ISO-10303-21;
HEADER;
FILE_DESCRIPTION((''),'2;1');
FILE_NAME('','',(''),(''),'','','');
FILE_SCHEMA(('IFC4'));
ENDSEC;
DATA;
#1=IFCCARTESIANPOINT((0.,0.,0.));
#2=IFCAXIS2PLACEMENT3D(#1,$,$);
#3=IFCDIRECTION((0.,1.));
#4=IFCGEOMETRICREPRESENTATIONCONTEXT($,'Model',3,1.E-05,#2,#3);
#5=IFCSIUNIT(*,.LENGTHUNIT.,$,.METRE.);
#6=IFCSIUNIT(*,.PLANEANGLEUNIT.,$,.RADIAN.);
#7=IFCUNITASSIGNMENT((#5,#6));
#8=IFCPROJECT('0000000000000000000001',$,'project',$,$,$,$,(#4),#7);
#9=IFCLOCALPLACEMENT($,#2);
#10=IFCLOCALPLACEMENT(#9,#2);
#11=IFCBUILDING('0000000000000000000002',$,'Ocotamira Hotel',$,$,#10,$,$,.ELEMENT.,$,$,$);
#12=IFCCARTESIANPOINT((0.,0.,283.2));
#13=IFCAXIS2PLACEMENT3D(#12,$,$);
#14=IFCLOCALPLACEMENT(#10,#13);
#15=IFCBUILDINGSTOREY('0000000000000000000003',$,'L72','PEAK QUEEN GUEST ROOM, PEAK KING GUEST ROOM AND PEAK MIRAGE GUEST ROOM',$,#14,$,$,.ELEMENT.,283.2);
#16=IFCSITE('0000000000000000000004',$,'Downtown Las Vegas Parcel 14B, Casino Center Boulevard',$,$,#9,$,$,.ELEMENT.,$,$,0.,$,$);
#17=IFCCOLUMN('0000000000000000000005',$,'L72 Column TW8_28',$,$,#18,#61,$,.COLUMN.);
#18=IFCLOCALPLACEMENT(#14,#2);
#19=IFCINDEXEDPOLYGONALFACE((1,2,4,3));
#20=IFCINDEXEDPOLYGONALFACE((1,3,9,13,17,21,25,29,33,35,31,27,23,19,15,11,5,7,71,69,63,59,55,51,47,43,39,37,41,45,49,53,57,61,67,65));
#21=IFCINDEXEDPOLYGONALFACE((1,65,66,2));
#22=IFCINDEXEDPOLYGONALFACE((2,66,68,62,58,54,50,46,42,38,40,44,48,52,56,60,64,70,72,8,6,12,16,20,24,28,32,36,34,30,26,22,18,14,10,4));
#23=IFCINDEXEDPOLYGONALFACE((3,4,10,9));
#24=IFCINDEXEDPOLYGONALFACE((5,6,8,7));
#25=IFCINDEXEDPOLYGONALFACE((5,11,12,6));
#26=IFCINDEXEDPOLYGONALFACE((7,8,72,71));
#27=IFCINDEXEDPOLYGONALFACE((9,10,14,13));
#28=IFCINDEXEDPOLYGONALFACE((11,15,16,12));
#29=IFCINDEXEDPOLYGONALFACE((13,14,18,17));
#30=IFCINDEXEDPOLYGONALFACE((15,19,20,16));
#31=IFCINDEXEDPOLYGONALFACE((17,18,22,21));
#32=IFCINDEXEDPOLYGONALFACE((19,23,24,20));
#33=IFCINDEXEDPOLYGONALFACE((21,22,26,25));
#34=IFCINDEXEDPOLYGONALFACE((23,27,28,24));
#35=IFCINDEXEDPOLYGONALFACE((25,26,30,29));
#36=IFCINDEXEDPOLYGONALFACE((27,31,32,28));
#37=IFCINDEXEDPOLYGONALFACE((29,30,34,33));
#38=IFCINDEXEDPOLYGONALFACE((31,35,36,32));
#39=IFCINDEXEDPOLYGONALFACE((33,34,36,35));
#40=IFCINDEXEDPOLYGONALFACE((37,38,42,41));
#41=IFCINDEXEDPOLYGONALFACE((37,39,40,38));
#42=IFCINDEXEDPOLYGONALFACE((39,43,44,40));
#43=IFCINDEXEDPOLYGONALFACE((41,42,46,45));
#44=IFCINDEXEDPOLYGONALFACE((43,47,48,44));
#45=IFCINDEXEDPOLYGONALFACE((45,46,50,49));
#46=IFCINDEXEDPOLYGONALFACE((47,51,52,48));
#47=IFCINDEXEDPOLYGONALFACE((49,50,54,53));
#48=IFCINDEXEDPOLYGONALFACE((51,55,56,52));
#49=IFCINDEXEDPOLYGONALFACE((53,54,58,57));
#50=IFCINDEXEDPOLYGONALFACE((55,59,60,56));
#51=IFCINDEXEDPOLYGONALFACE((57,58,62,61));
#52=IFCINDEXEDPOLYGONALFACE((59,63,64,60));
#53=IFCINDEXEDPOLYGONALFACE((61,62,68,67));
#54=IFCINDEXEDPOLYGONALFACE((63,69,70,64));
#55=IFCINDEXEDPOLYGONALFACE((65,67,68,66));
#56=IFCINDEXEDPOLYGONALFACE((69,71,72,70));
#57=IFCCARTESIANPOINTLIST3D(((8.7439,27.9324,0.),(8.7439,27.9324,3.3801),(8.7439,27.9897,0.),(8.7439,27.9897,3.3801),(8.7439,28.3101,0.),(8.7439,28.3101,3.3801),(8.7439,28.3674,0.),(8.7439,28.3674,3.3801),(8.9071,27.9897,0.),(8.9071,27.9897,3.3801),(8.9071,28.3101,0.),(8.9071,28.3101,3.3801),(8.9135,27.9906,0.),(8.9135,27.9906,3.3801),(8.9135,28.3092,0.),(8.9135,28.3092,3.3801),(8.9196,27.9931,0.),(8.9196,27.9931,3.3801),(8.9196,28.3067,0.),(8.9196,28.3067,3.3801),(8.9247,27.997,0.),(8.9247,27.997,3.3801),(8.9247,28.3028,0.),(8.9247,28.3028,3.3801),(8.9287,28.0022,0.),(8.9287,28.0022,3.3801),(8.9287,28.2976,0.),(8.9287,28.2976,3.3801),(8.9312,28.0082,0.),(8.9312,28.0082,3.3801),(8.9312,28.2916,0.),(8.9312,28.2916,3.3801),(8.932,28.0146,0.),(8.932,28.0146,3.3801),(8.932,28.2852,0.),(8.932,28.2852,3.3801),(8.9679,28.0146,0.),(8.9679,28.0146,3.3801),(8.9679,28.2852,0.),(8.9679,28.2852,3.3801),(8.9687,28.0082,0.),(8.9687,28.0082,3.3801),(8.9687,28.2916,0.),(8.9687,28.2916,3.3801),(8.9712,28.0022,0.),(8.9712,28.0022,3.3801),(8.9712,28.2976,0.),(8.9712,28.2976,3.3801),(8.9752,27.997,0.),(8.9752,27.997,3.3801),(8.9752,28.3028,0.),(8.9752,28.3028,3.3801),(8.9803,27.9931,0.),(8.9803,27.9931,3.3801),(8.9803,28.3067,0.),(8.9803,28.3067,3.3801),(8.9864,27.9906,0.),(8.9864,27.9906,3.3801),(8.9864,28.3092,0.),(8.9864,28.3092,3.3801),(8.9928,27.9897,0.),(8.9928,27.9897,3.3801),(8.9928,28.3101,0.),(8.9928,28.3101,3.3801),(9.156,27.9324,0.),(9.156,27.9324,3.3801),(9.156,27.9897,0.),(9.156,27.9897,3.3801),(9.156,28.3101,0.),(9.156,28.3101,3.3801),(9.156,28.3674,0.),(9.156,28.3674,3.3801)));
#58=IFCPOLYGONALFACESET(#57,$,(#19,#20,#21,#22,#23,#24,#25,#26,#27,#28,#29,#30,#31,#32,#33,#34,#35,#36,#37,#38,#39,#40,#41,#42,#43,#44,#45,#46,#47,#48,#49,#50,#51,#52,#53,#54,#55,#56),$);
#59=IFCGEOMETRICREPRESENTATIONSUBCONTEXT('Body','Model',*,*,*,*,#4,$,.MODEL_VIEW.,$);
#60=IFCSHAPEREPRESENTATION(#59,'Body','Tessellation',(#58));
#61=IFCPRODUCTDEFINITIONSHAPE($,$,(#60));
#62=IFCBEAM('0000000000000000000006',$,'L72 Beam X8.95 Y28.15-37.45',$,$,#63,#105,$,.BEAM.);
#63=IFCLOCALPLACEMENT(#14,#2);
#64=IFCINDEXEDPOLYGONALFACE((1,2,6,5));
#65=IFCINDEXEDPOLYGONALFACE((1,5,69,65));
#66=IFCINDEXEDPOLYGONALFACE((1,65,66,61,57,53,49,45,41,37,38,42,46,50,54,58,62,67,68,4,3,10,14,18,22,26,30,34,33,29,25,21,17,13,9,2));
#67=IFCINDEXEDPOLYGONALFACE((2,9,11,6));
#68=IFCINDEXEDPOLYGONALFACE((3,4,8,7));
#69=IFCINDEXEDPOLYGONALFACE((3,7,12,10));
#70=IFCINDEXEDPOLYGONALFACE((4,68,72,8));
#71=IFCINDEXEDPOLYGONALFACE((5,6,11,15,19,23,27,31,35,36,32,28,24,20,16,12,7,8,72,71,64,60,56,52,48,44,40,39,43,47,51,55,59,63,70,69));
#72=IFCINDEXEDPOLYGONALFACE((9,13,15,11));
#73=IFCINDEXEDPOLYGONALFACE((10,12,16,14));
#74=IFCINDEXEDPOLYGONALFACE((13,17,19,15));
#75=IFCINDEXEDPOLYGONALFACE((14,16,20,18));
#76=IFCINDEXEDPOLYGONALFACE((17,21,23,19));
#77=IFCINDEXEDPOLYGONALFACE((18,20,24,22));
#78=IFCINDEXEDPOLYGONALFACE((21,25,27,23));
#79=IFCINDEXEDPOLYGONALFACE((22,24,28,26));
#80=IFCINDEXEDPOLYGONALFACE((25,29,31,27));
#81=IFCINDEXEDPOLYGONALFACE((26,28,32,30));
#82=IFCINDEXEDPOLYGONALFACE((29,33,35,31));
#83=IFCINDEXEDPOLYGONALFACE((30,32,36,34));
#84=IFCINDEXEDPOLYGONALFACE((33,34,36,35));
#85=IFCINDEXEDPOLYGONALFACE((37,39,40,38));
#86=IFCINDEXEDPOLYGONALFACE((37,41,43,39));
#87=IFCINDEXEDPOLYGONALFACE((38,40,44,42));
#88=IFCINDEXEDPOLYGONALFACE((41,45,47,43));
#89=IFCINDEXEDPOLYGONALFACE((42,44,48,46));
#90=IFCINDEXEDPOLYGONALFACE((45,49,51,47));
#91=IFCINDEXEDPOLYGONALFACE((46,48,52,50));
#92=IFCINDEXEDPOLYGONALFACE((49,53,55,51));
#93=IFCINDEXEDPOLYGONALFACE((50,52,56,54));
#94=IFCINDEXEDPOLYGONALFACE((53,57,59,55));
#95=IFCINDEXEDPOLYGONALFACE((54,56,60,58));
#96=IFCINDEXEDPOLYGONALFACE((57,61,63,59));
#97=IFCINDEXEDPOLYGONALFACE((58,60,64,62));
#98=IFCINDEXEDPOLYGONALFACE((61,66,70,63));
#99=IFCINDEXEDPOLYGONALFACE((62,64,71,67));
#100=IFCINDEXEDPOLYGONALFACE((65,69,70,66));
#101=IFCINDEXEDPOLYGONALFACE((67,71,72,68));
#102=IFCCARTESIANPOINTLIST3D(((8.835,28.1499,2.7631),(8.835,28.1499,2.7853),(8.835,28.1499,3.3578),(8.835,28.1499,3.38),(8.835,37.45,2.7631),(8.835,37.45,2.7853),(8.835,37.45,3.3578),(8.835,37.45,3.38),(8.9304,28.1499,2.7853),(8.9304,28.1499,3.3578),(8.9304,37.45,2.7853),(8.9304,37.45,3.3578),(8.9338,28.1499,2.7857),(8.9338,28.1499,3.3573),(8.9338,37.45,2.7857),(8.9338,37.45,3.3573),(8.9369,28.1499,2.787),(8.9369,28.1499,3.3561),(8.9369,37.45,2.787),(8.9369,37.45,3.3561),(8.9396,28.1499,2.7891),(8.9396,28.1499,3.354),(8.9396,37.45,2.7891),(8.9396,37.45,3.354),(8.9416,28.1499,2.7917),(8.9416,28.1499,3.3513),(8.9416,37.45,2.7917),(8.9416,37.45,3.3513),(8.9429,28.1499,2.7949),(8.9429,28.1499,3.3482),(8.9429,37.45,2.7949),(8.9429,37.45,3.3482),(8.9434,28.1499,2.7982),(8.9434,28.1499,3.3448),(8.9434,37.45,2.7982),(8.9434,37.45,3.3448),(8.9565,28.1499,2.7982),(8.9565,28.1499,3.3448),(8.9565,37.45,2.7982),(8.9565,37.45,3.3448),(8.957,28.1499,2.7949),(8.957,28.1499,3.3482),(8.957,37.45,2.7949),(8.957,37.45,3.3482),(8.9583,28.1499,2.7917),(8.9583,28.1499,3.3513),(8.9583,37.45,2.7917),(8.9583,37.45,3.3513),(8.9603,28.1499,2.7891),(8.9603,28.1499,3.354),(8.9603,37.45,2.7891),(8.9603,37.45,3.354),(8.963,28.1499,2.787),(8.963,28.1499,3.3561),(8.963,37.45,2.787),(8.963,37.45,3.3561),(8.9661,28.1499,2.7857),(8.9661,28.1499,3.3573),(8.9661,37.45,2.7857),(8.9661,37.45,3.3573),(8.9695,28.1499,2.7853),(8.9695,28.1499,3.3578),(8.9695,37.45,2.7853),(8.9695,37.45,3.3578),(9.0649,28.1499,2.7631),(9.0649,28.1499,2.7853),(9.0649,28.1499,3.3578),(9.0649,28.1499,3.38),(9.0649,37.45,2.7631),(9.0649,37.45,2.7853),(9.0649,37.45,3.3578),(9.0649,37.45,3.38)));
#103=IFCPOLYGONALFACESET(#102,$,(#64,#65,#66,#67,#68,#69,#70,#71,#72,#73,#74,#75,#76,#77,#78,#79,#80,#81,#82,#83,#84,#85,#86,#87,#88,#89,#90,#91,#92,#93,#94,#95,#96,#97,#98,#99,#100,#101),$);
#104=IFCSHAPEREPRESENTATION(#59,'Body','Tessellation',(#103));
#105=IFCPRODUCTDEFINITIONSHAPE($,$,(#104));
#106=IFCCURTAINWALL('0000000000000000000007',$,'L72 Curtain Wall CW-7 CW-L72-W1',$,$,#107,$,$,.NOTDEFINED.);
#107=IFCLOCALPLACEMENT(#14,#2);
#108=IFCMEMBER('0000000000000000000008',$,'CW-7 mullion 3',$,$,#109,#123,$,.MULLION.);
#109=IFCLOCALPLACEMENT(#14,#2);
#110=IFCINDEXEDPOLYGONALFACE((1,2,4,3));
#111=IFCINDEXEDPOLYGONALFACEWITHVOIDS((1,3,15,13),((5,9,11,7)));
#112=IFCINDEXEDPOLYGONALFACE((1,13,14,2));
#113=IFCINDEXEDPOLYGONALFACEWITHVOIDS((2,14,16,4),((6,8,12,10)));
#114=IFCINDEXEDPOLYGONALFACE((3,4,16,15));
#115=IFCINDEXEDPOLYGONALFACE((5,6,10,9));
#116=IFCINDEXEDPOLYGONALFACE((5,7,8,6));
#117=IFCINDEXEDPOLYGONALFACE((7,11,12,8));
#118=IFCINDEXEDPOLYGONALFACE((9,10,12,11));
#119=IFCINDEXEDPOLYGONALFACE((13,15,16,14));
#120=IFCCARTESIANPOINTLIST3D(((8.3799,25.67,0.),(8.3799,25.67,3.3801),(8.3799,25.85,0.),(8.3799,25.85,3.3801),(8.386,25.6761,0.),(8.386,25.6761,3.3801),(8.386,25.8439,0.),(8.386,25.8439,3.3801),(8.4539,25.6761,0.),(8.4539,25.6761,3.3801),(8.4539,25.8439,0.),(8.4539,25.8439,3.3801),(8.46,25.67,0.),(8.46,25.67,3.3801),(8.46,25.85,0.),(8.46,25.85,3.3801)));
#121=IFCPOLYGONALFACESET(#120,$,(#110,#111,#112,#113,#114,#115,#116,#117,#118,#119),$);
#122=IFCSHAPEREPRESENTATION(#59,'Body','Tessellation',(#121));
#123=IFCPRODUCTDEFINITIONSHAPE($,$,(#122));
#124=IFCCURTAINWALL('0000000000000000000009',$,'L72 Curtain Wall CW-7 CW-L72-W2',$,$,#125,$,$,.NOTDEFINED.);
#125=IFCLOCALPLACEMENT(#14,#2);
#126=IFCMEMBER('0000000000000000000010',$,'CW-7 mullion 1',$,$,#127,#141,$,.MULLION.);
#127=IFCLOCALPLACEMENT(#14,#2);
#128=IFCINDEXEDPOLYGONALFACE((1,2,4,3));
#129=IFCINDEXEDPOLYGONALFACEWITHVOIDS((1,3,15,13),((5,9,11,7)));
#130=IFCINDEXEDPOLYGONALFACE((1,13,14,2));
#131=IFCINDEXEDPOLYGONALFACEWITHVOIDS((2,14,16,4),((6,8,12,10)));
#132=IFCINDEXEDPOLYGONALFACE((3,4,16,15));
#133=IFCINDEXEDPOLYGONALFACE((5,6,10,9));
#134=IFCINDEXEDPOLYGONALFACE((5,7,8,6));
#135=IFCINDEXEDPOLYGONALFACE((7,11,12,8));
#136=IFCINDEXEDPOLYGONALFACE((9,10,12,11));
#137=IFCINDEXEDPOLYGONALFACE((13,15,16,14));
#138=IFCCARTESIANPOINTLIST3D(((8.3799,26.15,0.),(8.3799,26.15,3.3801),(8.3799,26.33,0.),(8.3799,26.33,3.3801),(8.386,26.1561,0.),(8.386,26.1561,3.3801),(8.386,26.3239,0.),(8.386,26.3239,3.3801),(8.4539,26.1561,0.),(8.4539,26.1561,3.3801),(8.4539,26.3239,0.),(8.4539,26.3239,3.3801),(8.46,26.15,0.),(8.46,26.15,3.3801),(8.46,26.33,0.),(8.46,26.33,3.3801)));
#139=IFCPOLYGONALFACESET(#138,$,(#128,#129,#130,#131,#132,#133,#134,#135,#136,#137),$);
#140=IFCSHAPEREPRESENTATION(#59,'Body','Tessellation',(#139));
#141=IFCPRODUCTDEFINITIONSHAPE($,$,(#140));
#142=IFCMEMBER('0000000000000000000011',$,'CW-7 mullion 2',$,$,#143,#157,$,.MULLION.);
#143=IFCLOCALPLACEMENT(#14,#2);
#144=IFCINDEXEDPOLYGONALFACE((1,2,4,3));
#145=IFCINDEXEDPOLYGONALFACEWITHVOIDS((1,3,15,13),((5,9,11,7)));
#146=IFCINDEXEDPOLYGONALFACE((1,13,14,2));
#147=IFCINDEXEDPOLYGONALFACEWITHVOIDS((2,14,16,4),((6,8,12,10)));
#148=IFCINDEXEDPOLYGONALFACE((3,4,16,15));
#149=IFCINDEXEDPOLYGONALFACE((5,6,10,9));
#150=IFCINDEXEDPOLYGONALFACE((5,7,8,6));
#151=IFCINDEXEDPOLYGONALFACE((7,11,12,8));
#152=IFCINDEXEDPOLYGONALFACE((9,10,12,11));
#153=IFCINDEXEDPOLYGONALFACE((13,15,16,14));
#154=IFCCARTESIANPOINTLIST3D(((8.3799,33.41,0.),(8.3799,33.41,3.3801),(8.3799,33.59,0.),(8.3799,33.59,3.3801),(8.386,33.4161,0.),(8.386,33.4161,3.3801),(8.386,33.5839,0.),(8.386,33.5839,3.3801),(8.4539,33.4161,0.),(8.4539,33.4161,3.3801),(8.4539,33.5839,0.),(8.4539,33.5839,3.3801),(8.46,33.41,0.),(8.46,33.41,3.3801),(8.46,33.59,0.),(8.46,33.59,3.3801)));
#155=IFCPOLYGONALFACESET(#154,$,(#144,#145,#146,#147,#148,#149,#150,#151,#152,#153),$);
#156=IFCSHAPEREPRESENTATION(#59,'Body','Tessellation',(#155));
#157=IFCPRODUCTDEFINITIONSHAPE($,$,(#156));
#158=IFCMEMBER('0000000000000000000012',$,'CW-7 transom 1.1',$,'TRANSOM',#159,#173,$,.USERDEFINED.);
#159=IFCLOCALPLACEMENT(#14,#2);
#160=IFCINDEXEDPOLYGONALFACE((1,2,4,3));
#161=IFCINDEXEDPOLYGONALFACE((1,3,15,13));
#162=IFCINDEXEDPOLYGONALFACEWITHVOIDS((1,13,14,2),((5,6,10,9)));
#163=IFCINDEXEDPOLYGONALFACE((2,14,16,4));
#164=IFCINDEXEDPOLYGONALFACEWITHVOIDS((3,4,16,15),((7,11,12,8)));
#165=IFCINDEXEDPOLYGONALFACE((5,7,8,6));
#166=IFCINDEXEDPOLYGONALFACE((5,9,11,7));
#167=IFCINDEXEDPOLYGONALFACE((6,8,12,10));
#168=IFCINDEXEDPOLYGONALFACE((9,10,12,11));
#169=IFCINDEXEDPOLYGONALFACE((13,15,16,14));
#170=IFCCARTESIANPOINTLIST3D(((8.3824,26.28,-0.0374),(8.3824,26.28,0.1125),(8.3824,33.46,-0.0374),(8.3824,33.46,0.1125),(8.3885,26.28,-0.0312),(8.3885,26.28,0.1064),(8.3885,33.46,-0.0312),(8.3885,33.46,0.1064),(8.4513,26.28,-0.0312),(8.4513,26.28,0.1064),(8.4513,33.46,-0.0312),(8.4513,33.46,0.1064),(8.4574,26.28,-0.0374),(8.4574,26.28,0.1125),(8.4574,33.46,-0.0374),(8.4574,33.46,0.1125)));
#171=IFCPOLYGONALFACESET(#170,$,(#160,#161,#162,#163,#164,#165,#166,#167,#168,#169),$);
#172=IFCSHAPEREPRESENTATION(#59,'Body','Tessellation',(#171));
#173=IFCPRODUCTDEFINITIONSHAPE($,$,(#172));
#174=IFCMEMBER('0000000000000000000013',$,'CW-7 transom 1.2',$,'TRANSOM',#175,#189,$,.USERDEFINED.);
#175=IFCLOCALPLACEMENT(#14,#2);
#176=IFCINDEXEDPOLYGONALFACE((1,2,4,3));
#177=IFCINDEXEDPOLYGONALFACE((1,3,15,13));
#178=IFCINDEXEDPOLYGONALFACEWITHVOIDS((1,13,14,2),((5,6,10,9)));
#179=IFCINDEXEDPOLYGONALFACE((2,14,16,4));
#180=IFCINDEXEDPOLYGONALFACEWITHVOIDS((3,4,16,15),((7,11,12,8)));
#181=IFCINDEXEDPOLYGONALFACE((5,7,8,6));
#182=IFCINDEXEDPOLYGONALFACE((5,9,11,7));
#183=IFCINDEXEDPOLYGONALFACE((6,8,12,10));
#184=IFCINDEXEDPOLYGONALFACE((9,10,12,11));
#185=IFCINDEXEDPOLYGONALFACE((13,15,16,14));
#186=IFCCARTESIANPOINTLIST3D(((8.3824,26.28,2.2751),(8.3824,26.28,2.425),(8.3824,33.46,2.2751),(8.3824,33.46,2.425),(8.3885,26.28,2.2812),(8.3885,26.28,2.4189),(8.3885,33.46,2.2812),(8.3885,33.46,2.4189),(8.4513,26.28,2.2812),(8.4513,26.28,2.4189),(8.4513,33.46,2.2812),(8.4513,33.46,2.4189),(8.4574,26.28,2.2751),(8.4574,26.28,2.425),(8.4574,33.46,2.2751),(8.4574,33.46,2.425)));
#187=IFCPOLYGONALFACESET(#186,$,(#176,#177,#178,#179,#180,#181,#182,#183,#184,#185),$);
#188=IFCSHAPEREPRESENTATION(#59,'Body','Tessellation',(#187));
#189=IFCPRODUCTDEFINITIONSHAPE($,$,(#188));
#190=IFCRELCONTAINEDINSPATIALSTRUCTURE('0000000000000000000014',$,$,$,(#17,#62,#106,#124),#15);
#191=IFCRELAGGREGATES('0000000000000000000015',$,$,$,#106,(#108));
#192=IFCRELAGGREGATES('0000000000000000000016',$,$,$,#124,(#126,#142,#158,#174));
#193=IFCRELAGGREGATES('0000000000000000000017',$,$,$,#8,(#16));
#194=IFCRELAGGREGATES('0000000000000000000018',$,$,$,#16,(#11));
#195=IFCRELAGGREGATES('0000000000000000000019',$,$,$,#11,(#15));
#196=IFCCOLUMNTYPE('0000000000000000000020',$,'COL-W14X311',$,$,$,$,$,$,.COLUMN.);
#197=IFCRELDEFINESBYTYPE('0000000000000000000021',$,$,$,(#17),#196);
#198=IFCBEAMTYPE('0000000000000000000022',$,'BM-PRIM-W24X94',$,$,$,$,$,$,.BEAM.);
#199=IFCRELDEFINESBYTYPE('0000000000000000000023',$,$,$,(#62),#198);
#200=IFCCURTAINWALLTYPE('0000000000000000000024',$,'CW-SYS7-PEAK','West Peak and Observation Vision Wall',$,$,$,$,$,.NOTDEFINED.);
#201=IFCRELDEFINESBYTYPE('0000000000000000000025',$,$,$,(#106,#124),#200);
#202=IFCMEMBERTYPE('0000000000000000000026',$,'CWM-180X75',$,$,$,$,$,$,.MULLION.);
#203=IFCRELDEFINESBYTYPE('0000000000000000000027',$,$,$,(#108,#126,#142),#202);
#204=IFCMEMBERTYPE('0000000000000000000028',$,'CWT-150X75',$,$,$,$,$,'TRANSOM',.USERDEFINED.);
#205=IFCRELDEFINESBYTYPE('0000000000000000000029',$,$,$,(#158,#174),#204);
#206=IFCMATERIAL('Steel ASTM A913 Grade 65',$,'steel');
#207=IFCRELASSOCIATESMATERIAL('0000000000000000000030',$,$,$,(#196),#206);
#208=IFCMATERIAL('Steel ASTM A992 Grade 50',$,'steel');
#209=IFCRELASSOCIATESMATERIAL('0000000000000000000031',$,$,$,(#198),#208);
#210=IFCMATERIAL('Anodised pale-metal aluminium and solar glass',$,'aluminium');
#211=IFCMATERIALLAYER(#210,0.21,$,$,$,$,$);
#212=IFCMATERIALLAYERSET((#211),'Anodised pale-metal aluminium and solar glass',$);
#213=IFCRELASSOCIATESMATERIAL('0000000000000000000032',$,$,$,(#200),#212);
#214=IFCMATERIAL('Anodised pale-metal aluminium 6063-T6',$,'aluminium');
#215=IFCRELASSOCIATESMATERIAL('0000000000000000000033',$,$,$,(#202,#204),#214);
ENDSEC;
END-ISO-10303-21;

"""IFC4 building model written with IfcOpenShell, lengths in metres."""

from ifc_helpers import new_model, si_unit, direction, frame, origin, origin_2d, place, context, subcontext, project, spatial, hollow_rectangle, i_section, extrude, source, transform, mapped, material, layer, layer_set, material_profile, profile_set, type_object, element, aggregate, save


model = new_model("IFC4")

# Units and contexts
model_context = context("Model", 3, precision=1e-05, world=origin(), true_north=direction((0.0, 1.0)))
body_context = subcontext(model_context, "Body", "Model", "MODEL_VIEW")
ifc_project = project(units=[si_unit("LENGTHUNIT", "METRE"), si_unit("PLANEANGLEUNIT", "RADIAN")], contexts=[model_context])

# Site, building, storey
site_placement = place(None, origin())
site = spatial("IfcSite", under=ifc_project, at=site_placement, Name="Downtown Las Vegas Parcel 14B, Casino Center Boulevard", CompositionType="ELEMENT", RefElevation=0.0)
building_placement = place(site_placement, origin())
building = spatial("IfcBuilding", under=site, at=building_placement, Name="Ocotamira Hotel", CompositionType="ELEMENT")
storey_placement = place(building_placement, frame((0.0, 0.0, 283.2)))
storey = spatial("IfcBuildingStorey", under=building, at=storey_placement, Name="L72", Description="PEAK QUEEN GUEST ROOM, PEAK KING GUEST ROOM AND PEAK MIRAGE GUEST ROOM", CompositionType="ELEMENT", Elevation=283.2)

# Column
ifc_material_1 = material(Name="Steel ASTM A913 Grade 65", Category="steel")
ifc_material_profile_1 = material_profile(ifc_material_1, i_section(OverallWidth=0.4121, OverallDepth=0.4351, WebThickness=0.0359, FlangeThickness=0.0574, FilletRadius=0.0249, at=origin_2d()), Name="W14X311")
ifc_profile_set_1 = profile_set([ifc_material_profile_1], Name="Steel ASTM A913 Grade 65")
column_type = type_object("IfcColumnType", Name="COL-W14X311", PredefinedType="COLUMN", material=ifc_profile_set_1)
shared_shape_1 = source(origin(), body_context, "Body", "SweptSolid", [
    extrude(i_section(OverallWidth=0.4121, OverallDepth=0.4351, WebThickness=0.0359, FlangeThickness=0.0574, FilletRadius=0.0249, at=origin_2d()), origin(), (0.0, 0.0, 1.0), 3.3801),
])
column_placement = place(storey_placement, frame((8.95, 28.1499, 0.0), z_axis=(0.0, 0.0, 1.0), x_axis=(1.0, 0.0, 0.0)))
element("IfcColumn", 1, at=column_placement, inside=storey, type_object=column_type, Name="L72 Column TW8_28", PredefinedType="COLUMN", context=body_context, shape_type="MappedRepresentation", body=[
    mapped(shared_shape_1, transform((0.0, 0.0, 0.0), scale=1.0)),
])

# Beam
ifc_material_2 = material(Name="Steel ASTM A992 Grade 50", Category="steel")
ifc_material_profile_2 = material_profile(ifc_material_2, i_section(OverallWidth=0.23, OverallDepth=0.6169, WebThickness=0.0132, FlangeThickness=0.0222, FilletRadius=0.0129, at=origin_2d()), Name="W24X94")
ifc_profile_set_2 = profile_set([ifc_material_profile_2], Name="Steel ASTM A992 Grade 50")
beam_type = type_object("IfcBeamType", Name="BM-PRIM-W24X94", PredefinedType="BEAM", material=ifc_profile_set_2)
shared_shape_2 = source(origin(), body_context, "Body", "SweptSolid", [
    extrude(i_section(OverallWidth=0.23, OverallDepth=0.6169, WebThickness=0.0132, FlangeThickness=0.0222, FilletRadius=0.0129, at=origin_2d()), origin(), (0.0, 0.0, 1.0), 9.3),
])
beam_placement = place(storey_placement, frame((8.95, 28.1499, 3.0715), z_axis=(0.0, 1.0, 0.0), x_axis=(-1.0, 0.0, 0.0)))
element("IfcBeam", 2, at=beam_placement, inside=storey, type_object=beam_type, Name="L72 Beam X8.95 Y28.15-37.45", PredefinedType="BEAM", context=body_context, shape_type="MappedRepresentation", body=[
    mapped(shared_shape_2, transform((0.0, 0.0, 0.0), scale=1.0)),
])

# Curtain wall, member
ifc_material_3 = material(Name="Anodised pale-metal aluminium and solar glass", Category="aluminium")
ifc_layer_1 = layer(ifc_material_3, 0.21)
ifc_layer_set_1 = layer_set([ifc_layer_1], Name="Anodised pale-metal aluminium and solar glass")
curtain_wall_type = type_object("IfcCurtainWallType", Name="CW-SYS7-PEAK", Description="West Peak and Observation Vision Wall", PredefinedType="NOTDEFINED", material=ifc_layer_set_1)
curtain_wall_1_placement = place(storey_placement, origin())
curtain_wall_1 = element("IfcCurtainWall", 3, at=curtain_wall_1_placement, inside=storey, type_object=curtain_wall_type, Name="L72 Curtain Wall CW-7 CW-L72-W1", PredefinedType="NOTDEFINED")
ifc_material_4 = material(Name="Anodised pale-metal aluminium 6063-T6", Category="aluminium")
ifc_material_profile_3 = material_profile(ifc_material_4, hollow_rectangle(XDim=0.0801, YDim=0.1799, WallThickness=0.0061, at=origin_2d()), Name="HSS180X80X6")
ifc_profile_set_3 = profile_set([ifc_material_profile_3], Name="Anodised pale-metal aluminium 6063-T6")
member_type_1 = type_object("IfcMemberType", Name="CWM-180X75", PredefinedType="MULLION", material=ifc_profile_set_3)
shared_shape_3 = source(origin(), body_context, "Body", "SweptSolid", [
    extrude(hollow_rectangle(XDim=0.0801, YDim=0.1799, WallThickness=0.0061, at=origin_2d()), origin(), (0.0, 0.0, 1.0), 3.3801),
])
member_1_placement = place(storey_placement, frame((8.4199, 25.76, 0.0), z_axis=(0.0, 0.0, 1.0), x_axis=(-1.0, 0.0, 0.0)))
member_1 = element("IfcMember", 4, at=member_1_placement, type_object=member_type_1, Name="CW-7 mullion 3", PredefinedType="MULLION", context=body_context, shape_type="MappedRepresentation", body=[
    mapped(shared_shape_3, transform((0.0, 0.0, 0.0), scale=1.0)),
])
aggregate(curtain_wall_1, [member_1])

# Curtain wall, members
curtain_wall_2_placement = place(storey_placement, origin())
curtain_wall_2 = element("IfcCurtainWall", 5, at=curtain_wall_2_placement, inside=storey, type_object=curtain_wall_type, Name="L72 Curtain Wall CW-7 CW-L72-W2", PredefinedType="NOTDEFINED")
member_2_placement = place(storey_placement, frame((8.4199, 26.24, 0.0), z_axis=(0.0, 0.0, 1.0), x_axis=(-1.0, 0.0, 0.0)))
member_2 = element("IfcMember", 6, at=member_2_placement, type_object=member_type_1, Name="CW-7 mullion 1", PredefinedType="MULLION", context=body_context, shape_type="MappedRepresentation", body=[
    mapped(shared_shape_3, transform((0.0, 0.0, 0.0), scale=1.0)),
])
member_3_placement = place(storey_placement, frame((8.4199, 33.5, 0.0), z_axis=(0.0, 0.0, 1.0), x_axis=(-1.0, 0.0, 0.0)))
member_3 = element("IfcMember", 7, at=member_3_placement, type_object=member_type_1, Name="CW-7 mullion 2", PredefinedType="MULLION", context=body_context, shape_type="MappedRepresentation", body=[
    mapped(shared_shape_3, transform((0.0, 0.0, 0.0), scale=1.0)),
])
ifc_material_profile_4 = material_profile(ifc_material_4, hollow_rectangle(XDim=0.075, YDim=0.1499, WallThickness=0.0061, at=origin_2d()), Name="HSS150X75X6")
ifc_profile_set_4 = profile_set([ifc_material_profile_4], Name="Anodised pale-metal aluminium 6063-T6")
member_type_2 = type_object("IfcMemberType", Name="CWT-150X75", ElementType="TRANSOM", PredefinedType="USERDEFINED", material=ifc_profile_set_4)
shared_shape_4 = source(origin(), body_context, "Body", "SweptSolid", [
    extrude(hollow_rectangle(XDim=0.075, YDim=0.1499, WallThickness=0.0061, at=origin_2d()), origin(), (0.0, 0.0, 1.0), 7.1799),
])
member_4_placement = place(storey_placement, frame((8.4199, 26.28, 0.0376), z_axis=(0.0, 1.0, 0.0), x_axis=(-1.0, 0.0, 0.0)))
member_4 = element("IfcMember", 8, at=member_4_placement, type_object=member_type_2, Name="CW-7 transom 1.1", ObjectType="TRANSOM", PredefinedType="USERDEFINED", context=body_context, shape_type="MappedRepresentation", body=[
    mapped(shared_shape_4, transform((0.0, 0.0, 0.0), scale=1.0)),
])
member_5_placement = place(storey_placement, frame((8.4199, 26.28, 2.3501), z_axis=(0.0, 1.0, 0.0), x_axis=(-1.0, 0.0, 0.0)))
member_5 = element("IfcMember", 9, at=member_5_placement, type_object=member_type_2, Name="CW-7 transom 1.2", ObjectType="TRANSOM", PredefinedType="USERDEFINED", context=body_context, shape_type="MappedRepresentation", body=[
    mapped(shared_shape_4, transform((0.0, 0.0, 0.0), scale=1.0)),
])
aggregate(curtain_wall_2, [member_2, member_3, member_4, member_5])

save(model, "model.ifc")
